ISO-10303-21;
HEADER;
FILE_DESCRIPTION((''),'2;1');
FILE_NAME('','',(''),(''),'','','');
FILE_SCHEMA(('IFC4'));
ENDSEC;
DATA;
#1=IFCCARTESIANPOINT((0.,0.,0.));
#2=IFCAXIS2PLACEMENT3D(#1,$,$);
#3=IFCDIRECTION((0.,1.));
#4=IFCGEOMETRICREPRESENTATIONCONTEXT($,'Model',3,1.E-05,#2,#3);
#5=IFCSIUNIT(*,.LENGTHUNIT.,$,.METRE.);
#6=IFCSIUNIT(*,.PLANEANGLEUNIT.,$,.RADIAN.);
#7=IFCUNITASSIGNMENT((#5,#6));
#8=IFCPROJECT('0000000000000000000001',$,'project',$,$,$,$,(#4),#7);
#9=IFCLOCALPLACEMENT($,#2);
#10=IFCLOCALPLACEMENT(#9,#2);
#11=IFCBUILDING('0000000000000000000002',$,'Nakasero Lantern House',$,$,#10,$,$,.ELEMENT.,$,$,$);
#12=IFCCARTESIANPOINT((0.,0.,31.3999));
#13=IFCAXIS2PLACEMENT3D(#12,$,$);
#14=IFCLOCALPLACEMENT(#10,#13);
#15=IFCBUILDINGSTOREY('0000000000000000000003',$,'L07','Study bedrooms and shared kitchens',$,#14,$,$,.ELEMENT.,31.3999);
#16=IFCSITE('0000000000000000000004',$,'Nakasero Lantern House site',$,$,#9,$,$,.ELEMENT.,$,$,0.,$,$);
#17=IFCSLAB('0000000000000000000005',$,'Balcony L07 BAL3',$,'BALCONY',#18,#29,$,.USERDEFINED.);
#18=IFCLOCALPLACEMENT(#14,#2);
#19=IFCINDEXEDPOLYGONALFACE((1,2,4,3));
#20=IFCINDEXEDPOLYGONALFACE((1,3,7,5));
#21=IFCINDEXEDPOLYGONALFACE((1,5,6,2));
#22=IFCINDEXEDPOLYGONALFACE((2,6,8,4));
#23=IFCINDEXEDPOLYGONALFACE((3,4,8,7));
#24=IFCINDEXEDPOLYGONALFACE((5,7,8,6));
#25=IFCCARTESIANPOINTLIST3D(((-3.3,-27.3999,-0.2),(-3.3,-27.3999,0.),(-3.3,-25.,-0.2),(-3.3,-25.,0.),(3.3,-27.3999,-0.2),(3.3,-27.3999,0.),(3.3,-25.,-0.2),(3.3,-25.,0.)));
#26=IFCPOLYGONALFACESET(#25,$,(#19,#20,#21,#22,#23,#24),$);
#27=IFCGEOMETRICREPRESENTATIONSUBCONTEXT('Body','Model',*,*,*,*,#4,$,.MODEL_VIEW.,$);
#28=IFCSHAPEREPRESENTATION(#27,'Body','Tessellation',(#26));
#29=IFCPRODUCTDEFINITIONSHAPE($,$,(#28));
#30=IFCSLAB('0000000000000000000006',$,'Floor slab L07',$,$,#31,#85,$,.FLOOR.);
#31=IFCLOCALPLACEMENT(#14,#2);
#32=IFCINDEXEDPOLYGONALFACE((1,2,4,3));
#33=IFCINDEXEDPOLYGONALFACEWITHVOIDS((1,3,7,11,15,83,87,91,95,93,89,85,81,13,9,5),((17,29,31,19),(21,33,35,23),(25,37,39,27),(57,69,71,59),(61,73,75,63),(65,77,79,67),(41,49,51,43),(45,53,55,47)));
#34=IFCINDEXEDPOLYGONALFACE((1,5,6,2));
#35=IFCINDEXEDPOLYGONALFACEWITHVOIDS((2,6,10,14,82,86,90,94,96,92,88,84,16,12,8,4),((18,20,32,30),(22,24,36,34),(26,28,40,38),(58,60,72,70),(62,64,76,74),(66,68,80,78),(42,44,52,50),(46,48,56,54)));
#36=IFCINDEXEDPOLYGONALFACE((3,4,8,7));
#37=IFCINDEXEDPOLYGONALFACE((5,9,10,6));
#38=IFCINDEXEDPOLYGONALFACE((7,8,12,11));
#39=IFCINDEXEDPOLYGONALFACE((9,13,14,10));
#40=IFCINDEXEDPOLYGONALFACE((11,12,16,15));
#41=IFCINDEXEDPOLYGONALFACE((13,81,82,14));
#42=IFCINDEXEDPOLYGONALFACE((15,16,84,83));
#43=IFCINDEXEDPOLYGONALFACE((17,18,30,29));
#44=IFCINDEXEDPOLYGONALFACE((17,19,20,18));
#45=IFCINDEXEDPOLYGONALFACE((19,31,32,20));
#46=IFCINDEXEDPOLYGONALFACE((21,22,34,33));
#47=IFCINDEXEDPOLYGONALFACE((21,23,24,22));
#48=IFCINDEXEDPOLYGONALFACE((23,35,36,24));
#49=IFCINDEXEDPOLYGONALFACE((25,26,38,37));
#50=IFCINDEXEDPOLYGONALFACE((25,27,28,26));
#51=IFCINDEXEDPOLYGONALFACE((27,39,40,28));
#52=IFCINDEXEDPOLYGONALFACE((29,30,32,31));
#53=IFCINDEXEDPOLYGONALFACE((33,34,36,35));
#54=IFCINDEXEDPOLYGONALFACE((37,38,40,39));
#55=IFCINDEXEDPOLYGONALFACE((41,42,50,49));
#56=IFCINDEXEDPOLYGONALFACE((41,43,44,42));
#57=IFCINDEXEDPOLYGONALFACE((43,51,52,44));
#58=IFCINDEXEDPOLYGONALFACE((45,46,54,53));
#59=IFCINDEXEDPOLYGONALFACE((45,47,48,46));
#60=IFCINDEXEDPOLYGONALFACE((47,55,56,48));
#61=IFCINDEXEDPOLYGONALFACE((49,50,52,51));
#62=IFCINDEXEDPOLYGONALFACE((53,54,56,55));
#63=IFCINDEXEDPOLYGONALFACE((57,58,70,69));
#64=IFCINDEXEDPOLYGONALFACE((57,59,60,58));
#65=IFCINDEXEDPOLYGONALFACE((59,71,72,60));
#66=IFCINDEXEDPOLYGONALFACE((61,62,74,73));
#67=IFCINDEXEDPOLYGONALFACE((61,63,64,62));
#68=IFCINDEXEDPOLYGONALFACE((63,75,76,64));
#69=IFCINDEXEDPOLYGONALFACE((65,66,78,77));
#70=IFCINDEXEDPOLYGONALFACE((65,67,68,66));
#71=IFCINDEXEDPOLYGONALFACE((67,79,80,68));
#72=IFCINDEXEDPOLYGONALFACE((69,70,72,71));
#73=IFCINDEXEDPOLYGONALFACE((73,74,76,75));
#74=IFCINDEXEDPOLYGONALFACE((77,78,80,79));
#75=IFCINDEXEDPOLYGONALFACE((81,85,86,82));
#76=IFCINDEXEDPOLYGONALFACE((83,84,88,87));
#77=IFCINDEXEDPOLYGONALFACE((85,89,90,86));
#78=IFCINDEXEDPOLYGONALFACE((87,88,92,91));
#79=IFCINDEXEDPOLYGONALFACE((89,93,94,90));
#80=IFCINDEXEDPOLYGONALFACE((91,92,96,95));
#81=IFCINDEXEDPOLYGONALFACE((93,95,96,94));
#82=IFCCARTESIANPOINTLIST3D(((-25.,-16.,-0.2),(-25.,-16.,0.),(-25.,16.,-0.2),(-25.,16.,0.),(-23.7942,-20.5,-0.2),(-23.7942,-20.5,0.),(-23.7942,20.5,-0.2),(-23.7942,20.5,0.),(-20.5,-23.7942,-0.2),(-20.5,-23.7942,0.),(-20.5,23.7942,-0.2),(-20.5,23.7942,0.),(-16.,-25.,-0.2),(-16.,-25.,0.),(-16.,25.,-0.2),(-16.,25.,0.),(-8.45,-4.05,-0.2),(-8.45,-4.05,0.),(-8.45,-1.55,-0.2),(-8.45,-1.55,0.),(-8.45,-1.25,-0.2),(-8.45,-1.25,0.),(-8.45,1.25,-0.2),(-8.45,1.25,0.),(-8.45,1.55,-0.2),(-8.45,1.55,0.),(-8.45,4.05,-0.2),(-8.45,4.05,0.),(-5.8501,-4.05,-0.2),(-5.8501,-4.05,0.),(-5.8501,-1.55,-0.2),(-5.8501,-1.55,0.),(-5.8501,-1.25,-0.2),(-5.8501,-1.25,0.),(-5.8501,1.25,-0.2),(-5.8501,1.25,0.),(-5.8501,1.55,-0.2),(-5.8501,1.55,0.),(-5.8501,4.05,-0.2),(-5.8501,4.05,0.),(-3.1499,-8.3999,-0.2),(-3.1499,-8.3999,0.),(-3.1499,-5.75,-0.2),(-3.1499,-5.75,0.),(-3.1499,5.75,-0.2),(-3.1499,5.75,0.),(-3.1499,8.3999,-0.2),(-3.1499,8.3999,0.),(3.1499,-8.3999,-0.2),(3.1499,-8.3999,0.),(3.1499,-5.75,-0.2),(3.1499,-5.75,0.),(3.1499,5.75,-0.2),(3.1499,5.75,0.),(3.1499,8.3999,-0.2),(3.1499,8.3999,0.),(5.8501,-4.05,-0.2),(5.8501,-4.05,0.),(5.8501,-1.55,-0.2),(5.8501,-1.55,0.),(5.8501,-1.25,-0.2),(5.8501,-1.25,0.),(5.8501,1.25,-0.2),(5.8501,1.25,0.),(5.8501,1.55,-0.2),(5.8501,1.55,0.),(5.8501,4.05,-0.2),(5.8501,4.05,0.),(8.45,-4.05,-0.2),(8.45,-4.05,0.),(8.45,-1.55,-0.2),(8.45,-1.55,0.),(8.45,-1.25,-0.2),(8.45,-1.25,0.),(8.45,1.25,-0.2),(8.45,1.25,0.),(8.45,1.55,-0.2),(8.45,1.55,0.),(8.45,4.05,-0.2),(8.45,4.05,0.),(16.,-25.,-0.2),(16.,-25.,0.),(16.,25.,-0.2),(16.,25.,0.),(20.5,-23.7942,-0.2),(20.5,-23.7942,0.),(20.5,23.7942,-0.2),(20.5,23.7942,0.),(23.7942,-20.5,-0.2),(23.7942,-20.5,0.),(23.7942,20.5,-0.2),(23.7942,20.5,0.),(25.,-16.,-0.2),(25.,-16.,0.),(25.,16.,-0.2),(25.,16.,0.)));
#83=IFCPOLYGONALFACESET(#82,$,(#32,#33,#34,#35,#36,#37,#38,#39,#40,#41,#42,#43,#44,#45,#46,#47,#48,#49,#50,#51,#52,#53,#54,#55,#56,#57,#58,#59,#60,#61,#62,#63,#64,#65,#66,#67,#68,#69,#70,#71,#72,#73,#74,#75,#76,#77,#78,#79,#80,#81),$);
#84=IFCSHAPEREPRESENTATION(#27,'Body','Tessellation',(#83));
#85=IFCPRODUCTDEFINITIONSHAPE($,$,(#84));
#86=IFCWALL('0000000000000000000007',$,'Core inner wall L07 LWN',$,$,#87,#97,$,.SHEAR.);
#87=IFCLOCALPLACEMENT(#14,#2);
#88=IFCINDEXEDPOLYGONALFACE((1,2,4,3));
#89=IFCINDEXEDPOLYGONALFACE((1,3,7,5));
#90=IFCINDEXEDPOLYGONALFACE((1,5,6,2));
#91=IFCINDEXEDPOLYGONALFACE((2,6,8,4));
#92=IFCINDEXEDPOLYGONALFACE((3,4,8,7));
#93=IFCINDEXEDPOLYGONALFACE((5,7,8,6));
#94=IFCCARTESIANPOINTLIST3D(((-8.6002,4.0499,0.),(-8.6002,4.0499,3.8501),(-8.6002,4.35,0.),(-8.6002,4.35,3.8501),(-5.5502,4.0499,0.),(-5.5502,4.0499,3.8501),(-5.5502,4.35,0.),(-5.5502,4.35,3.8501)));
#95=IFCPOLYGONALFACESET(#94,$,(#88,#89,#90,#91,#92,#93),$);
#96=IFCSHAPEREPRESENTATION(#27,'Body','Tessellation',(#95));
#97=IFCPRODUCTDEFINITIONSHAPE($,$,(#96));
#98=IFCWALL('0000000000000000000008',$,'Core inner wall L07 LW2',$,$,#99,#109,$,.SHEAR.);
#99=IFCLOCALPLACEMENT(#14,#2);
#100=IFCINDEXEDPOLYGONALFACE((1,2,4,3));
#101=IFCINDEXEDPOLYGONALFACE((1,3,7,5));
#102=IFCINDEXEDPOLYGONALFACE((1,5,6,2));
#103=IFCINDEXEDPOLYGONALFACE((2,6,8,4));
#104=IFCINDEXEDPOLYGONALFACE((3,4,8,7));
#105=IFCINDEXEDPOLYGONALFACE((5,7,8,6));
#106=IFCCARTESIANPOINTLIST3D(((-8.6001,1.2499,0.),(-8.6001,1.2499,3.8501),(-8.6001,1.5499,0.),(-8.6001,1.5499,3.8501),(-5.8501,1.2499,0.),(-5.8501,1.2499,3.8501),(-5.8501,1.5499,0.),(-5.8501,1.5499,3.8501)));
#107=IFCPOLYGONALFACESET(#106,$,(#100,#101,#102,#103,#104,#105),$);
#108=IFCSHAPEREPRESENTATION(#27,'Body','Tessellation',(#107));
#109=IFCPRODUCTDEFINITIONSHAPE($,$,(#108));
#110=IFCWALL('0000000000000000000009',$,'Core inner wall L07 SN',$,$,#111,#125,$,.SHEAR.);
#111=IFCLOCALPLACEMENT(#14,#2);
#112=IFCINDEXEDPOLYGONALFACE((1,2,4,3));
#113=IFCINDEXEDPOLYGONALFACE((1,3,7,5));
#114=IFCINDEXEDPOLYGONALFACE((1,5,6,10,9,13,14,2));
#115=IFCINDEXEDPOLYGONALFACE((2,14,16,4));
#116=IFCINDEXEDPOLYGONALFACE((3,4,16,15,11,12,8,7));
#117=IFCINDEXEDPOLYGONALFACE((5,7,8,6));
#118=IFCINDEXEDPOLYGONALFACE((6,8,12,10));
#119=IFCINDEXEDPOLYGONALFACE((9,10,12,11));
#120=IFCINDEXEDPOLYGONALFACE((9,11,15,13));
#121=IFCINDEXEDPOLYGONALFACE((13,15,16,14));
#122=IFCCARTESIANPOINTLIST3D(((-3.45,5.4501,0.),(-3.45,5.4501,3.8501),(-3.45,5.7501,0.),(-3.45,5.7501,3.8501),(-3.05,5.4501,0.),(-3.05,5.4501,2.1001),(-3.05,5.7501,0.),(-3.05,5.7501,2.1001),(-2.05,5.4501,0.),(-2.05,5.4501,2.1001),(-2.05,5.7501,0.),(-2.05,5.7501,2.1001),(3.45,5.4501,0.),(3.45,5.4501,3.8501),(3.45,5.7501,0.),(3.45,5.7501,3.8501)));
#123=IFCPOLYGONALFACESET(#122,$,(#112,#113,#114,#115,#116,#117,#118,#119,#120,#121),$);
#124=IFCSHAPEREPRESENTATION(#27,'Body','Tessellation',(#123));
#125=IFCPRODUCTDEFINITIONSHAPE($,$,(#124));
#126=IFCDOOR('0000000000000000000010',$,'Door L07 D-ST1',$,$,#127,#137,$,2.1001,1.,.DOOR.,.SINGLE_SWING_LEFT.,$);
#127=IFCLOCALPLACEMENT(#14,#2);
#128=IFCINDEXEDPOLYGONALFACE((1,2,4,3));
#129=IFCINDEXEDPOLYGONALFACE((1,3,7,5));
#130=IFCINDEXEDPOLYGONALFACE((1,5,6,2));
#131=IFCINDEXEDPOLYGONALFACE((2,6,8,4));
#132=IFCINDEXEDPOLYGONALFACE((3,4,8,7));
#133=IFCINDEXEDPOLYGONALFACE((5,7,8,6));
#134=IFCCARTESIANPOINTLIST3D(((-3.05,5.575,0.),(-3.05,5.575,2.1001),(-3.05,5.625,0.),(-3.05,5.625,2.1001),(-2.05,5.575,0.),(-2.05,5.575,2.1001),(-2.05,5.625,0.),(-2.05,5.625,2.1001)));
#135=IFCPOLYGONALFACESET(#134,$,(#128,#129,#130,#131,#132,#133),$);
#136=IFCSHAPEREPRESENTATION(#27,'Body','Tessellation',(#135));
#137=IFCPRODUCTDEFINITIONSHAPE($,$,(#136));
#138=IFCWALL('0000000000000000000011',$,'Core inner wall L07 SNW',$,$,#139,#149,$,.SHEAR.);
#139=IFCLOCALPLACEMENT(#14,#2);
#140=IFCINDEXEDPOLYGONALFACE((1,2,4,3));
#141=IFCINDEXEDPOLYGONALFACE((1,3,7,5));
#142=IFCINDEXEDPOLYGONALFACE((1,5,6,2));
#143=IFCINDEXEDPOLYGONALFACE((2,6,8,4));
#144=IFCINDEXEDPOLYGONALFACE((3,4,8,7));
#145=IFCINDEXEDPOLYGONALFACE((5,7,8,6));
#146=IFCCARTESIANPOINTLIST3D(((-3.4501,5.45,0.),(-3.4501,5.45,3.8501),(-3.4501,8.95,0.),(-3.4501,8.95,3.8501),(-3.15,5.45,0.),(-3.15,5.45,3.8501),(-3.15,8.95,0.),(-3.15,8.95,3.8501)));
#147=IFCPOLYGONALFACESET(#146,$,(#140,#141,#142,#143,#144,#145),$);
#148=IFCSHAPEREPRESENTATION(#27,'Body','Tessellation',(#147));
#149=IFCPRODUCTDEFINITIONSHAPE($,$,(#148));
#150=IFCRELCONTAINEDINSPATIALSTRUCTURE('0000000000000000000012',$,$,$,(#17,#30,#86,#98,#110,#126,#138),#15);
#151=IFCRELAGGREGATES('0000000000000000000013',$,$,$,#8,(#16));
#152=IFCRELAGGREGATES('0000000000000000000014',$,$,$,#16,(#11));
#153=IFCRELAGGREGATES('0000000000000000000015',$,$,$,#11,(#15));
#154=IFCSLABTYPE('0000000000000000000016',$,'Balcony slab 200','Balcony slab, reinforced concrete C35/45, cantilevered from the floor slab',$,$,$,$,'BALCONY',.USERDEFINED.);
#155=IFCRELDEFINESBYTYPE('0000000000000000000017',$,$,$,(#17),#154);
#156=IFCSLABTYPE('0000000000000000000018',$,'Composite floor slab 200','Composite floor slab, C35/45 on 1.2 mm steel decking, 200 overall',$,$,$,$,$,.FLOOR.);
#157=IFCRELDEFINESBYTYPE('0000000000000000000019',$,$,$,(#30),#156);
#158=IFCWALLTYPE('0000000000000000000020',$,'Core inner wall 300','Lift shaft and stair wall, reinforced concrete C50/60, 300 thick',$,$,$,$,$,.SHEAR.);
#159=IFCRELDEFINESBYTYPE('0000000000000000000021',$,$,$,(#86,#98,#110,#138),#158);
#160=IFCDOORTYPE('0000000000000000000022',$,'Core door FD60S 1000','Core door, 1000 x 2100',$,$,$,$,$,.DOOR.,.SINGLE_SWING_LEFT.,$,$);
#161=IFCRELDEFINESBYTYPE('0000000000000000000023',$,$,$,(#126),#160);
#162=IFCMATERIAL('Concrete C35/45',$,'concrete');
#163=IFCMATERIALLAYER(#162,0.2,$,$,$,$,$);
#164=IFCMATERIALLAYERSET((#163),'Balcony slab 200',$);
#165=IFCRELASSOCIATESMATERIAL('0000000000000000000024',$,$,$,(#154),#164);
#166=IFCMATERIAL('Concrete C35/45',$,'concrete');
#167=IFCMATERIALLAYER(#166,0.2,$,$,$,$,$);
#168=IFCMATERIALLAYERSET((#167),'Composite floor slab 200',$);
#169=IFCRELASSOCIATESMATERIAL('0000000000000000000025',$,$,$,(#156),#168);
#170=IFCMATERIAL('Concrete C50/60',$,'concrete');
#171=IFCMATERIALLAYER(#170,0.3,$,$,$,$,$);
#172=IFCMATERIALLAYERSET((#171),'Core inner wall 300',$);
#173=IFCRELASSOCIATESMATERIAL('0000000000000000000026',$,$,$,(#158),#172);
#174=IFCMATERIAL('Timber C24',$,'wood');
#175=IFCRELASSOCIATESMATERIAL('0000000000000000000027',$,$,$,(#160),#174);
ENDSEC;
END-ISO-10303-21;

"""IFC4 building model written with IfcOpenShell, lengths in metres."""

from ifc_helpers import new_model, si_unit, direction, frame, frame_2d, origin, place, context, subcontext, project, spatial, polyline, rectangle, outline, extrude, material, layer, layer_set, type_object, element, fill, save


model = new_model("IFC4")

# Units and contexts
model_context = context("Model", 3, precision=1e-05, world=origin(), true_north=direction((0.0, 1.0)))
body_context = subcontext(model_context, "Body", "Model", "MODEL_VIEW")
ifc_project = project(units=[si_unit("LENGTHUNIT", "METRE"), si_unit("PLANEANGLEUNIT", "RADIAN")], contexts=[model_context])

# Site, building, storey
site_placement = place(None, origin())
site = spatial("IfcSite", under=ifc_project, at=site_placement, Name="Nakasero Lantern House site", CompositionType="ELEMENT", RefElevation=0.0)
building_placement = place(site_placement, origin())
building = spatial("IfcBuilding", under=site, at=building_placement, Name="Nakasero Lantern House", CompositionType="ELEMENT")
storey_placement = place(building_placement, frame((0.0, 0.0, 31.3999)))
storey = spatial("IfcBuildingStorey", under=building, at=storey_placement, Name="L07", Description="Study bedrooms and shared kitchens", CompositionType="ELEMENT", Elevation=31.3999)

# Slabs
ifc_material_1 = material(Name="Concrete C35/45", Category="concrete")
ifc_layer_1 = layer(ifc_material_1, 0.2)
ifc_layer_set_1 = layer_set([ifc_layer_1], Name="Balcony slab 200")
slab_type_1 = type_object("IfcSlabType", Name="Balcony slab 200", Description="Balcony slab, reinforced concrete C35/45, cantilevered from the floor slab", ElementType="BALCONY", PredefinedType="USERDEFINED", material=ifc_layer_set_1)
slab_1_placement = place(storey_placement, frame((0.0, 0.0, -0.2)))
element("IfcSlab", 1, at=slab_1_placement, inside=storey, type_object=slab_type_1, Name="Balcony L07 BAL3", ObjectType="BALCONY", PredefinedType="USERDEFINED", context=body_context, shape_type="SweptSolid", body=[
    extrude(outline(polyline([(-3.3, -25.0), (-3.3, -27.3999), (3.3, -27.3999), (3.3, -25.0), (-3.3, -25.0)])), origin(), (0.0, 0.0, 1.0), 0.2),
])
ifc_material_2 = material(Name="Concrete C35/45", Category="concrete")
ifc_layer_2 = layer(ifc_material_2, 0.2)
ifc_layer_set_2 = layer_set([ifc_layer_2], Name="Composite floor slab 200")
slab_type_2 = type_object("IfcSlabType", Name="Composite floor slab 200", Description="Composite floor slab, C35/45 on 1.2 mm steel decking, 200 overall", PredefinedType="FLOOR", material=ifc_layer_set_2)
slab_2_placement = place(storey_placement, frame((0.0, 0.0, -0.2)))
element("IfcSlab", 2, at=slab_2_placement, inside=storey, type_object=slab_type_2, Name="Floor slab L07", PredefinedType="FLOOR", context=body_context, shape_type="SweptSolid", body=[
    extrude(outline(polyline([(25.0, 16.0), (23.7942, 20.5), (20.5, 23.7942), (16.0, 25.0), (-16.0, 25.0), (-20.5, 23.7942), (-23.7942, 20.5), (-25.0, 16.0), (-25.0, -16.0), (-23.7942, -20.5), (-20.5, -23.7942), (-16.0, -25.0), (16.0, -25.0), (20.5, -23.7942), (23.7942, -20.5), (25.0, -16.0), (25.0, 16.0)]), holes=[polyline([(-8.45, -4.05), (-5.8501, -4.05), (-5.8501, -1.55), (-8.45, -1.55), (-8.45, -4.05)]), polyline([(-8.45, -1.25), (-5.8501, -1.25), (-5.8501, 1.25), (-8.45, 1.25), (-8.45, -1.25)]), polyline([(-8.45, 1.55), (-5.8501, 1.55), (-5.8501, 4.05), (-8.45, 4.05), (-8.45, 1.55)]), polyline([(5.8501, -4.05), (8.45, -4.05), (8.45, -1.55), (5.8501, -1.55), (5.8501, -4.05)]), polyline([(5.8501, -1.25), (8.45, -1.25), (8.45, 1.25), (5.8501, 1.25), (5.8501, -1.25)]), polyline([(5.8501, 1.55), (8.45, 1.55), (8.45, 4.05), (5.8501, 4.05), (5.8501, 1.55)]), polyline([(-3.1499, 5.75), (3.1499, 5.75), (3.1499, 8.3999), (-3.1499, 8.3999), (-3.1499, 5.75)]), polyline([(-3.1499, -8.3999), (3.1499, -8.3999), (3.1499, -5.75), (-3.1499, -5.75), (-3.1499, -8.3999)])]), origin(), (0.0, 0.0, 1.0), 0.2),
])

# Walls
ifc_material_3 = material(Name="Concrete C50/60", Category="concrete")
ifc_layer_3 = layer(ifc_material_3, 0.3)
ifc_layer_set_3 = layer_set([ifc_layer_3], Name="Core inner wall 300")
wall_type_1 = type_object("IfcWallType", Name="Core inner wall 300", Description="Lift shaft and stair wall, reinforced concrete C50/60, 300 thick", PredefinedType="SHEAR", material=ifc_layer_set_3)
wall_1_placement = place(storey_placement, frame((-8.6001, 4.2, 0.0), z_axis=(0.0, 0.0, 1.0), x_axis=(1.0, 0.0, 0.0)))
element("IfcWall", 3, at=wall_1_placement, inside=storey, type_object=wall_type_1, Name="Core inner wall L07 LWN", PredefinedType="SHEAR", context=body_context, shape_type="SweptSolid", body=[
    extrude(rectangle(XDim=3.05, YDim=0.3, at=frame_2d((1.5249, 0.0))), origin(), (0.0, 0.0, 1.0), 3.8501),
])
wall_2_placement = place(storey_placement, frame((-8.6001, 1.3999, 0.0), z_axis=(0.0, 0.0, 1.0), x_axis=(1.0, 0.0, 0.0)))
element("IfcWall", 4, at=wall_2_placement, inside=storey, type_object=wall_type_1, Name="Core inner wall L07 LW2", PredefinedType="SHEAR", context=body_context, shape_type="SweptSolid", body=[
    extrude(rectangle(XDim=2.75, YDim=0.3, at=frame_2d((1.375, 0.0))), origin(), (0.0, 0.0, 1.0), 3.8501),
])

# Wall, opening, door
wall_3_placement = place(storey_placement, frame((-3.45, 5.6001, 0.0), z_axis=(0.0, 0.0, 1.0), x_axis=(1.0, 0.0, 0.0)))
wall_3 = element("IfcWall", 5, at=wall_3_placement, inside=storey, type_object=wall_type_1, Name="Core inner wall L07 SN", PredefinedType="SHEAR", context=body_context, shape_type="SweptSolid", body=[
    extrude(rectangle(XDim=6.8999, YDim=0.3, at=frame_2d((3.45, 0.0))), origin(), (0.0, 0.0, 1.0), 3.8501),
])
opening_1_placement = place(wall_3_placement, frame((0.3999, 0.0, 0.0)))
opening_1 = element("IfcOpeningElement", 6, at=opening_1_placement, cuts=wall_3, PredefinedType="OPENING", context=body_context, shape_type="SweptSolid", body=[
    extrude(rectangle(XDim=1.0, YDim=2.1001, at=frame_2d((0.5, 1.05))), frame((0.0, 0.1699, 0.0), z_axis=(0.0, -1.0, 0.0), x_axis=(1.0, 0.0, 0.0)), (0.0, 0.0, 1.0), 0.3401),
])
ifc_material_4 = material(Name="Timber C24", Category="wood")
door_type_1 = type_object("IfcDoorType", Name="Core door FD60S 1000", Description="Core door, 1000 x 2100", OperationType="SINGLE_SWING_LEFT", PredefinedType="DOOR", material=ifc_material_4)
door_1_placement = place(opening_1_placement, origin())
door_1 = element("IfcDoor", 7, at=door_1_placement, inside=storey, type_object=door_type_1, Name="Door L07 D-ST1", OperationType="SINGLE_SWING_LEFT", OverallHeight=2.1001, OverallWidth=1.0, PredefinedType="DOOR", context=body_context, shape_type="SweptSolid", body=[
    extrude(rectangle(XDim=1.0, YDim=2.1001, at=frame_2d((0.5, 1.05))), frame((0.0, 0.0249, 0.0), z_axis=(0.0, -1.0, 0.0), x_axis=(1.0, 0.0, 0.0)), (0.0, 0.0, 1.0), 0.05),
])
fill(opening_1, door_1)

# Wall
wall_4_placement = place(storey_placement, frame((-3.3, 5.45, 0.0), z_axis=(0.0, 0.0, 1.0), x_axis=(0.0, 1.0, 0.0)))
element("IfcWall", 8, at=wall_4_placement, inside=storey, type_object=wall_type_1, Name="Core inner wall L07 SNW", PredefinedType="SHEAR", context=body_context, shape_type="SweptSolid", body=[
    extrude(rectangle(XDim=3.5, YDim=0.3, at=frame_2d((1.75, 0.0))), origin(), (0.0, 0.0, 1.0), 3.8501),
])

save(model, "model.ifc")
